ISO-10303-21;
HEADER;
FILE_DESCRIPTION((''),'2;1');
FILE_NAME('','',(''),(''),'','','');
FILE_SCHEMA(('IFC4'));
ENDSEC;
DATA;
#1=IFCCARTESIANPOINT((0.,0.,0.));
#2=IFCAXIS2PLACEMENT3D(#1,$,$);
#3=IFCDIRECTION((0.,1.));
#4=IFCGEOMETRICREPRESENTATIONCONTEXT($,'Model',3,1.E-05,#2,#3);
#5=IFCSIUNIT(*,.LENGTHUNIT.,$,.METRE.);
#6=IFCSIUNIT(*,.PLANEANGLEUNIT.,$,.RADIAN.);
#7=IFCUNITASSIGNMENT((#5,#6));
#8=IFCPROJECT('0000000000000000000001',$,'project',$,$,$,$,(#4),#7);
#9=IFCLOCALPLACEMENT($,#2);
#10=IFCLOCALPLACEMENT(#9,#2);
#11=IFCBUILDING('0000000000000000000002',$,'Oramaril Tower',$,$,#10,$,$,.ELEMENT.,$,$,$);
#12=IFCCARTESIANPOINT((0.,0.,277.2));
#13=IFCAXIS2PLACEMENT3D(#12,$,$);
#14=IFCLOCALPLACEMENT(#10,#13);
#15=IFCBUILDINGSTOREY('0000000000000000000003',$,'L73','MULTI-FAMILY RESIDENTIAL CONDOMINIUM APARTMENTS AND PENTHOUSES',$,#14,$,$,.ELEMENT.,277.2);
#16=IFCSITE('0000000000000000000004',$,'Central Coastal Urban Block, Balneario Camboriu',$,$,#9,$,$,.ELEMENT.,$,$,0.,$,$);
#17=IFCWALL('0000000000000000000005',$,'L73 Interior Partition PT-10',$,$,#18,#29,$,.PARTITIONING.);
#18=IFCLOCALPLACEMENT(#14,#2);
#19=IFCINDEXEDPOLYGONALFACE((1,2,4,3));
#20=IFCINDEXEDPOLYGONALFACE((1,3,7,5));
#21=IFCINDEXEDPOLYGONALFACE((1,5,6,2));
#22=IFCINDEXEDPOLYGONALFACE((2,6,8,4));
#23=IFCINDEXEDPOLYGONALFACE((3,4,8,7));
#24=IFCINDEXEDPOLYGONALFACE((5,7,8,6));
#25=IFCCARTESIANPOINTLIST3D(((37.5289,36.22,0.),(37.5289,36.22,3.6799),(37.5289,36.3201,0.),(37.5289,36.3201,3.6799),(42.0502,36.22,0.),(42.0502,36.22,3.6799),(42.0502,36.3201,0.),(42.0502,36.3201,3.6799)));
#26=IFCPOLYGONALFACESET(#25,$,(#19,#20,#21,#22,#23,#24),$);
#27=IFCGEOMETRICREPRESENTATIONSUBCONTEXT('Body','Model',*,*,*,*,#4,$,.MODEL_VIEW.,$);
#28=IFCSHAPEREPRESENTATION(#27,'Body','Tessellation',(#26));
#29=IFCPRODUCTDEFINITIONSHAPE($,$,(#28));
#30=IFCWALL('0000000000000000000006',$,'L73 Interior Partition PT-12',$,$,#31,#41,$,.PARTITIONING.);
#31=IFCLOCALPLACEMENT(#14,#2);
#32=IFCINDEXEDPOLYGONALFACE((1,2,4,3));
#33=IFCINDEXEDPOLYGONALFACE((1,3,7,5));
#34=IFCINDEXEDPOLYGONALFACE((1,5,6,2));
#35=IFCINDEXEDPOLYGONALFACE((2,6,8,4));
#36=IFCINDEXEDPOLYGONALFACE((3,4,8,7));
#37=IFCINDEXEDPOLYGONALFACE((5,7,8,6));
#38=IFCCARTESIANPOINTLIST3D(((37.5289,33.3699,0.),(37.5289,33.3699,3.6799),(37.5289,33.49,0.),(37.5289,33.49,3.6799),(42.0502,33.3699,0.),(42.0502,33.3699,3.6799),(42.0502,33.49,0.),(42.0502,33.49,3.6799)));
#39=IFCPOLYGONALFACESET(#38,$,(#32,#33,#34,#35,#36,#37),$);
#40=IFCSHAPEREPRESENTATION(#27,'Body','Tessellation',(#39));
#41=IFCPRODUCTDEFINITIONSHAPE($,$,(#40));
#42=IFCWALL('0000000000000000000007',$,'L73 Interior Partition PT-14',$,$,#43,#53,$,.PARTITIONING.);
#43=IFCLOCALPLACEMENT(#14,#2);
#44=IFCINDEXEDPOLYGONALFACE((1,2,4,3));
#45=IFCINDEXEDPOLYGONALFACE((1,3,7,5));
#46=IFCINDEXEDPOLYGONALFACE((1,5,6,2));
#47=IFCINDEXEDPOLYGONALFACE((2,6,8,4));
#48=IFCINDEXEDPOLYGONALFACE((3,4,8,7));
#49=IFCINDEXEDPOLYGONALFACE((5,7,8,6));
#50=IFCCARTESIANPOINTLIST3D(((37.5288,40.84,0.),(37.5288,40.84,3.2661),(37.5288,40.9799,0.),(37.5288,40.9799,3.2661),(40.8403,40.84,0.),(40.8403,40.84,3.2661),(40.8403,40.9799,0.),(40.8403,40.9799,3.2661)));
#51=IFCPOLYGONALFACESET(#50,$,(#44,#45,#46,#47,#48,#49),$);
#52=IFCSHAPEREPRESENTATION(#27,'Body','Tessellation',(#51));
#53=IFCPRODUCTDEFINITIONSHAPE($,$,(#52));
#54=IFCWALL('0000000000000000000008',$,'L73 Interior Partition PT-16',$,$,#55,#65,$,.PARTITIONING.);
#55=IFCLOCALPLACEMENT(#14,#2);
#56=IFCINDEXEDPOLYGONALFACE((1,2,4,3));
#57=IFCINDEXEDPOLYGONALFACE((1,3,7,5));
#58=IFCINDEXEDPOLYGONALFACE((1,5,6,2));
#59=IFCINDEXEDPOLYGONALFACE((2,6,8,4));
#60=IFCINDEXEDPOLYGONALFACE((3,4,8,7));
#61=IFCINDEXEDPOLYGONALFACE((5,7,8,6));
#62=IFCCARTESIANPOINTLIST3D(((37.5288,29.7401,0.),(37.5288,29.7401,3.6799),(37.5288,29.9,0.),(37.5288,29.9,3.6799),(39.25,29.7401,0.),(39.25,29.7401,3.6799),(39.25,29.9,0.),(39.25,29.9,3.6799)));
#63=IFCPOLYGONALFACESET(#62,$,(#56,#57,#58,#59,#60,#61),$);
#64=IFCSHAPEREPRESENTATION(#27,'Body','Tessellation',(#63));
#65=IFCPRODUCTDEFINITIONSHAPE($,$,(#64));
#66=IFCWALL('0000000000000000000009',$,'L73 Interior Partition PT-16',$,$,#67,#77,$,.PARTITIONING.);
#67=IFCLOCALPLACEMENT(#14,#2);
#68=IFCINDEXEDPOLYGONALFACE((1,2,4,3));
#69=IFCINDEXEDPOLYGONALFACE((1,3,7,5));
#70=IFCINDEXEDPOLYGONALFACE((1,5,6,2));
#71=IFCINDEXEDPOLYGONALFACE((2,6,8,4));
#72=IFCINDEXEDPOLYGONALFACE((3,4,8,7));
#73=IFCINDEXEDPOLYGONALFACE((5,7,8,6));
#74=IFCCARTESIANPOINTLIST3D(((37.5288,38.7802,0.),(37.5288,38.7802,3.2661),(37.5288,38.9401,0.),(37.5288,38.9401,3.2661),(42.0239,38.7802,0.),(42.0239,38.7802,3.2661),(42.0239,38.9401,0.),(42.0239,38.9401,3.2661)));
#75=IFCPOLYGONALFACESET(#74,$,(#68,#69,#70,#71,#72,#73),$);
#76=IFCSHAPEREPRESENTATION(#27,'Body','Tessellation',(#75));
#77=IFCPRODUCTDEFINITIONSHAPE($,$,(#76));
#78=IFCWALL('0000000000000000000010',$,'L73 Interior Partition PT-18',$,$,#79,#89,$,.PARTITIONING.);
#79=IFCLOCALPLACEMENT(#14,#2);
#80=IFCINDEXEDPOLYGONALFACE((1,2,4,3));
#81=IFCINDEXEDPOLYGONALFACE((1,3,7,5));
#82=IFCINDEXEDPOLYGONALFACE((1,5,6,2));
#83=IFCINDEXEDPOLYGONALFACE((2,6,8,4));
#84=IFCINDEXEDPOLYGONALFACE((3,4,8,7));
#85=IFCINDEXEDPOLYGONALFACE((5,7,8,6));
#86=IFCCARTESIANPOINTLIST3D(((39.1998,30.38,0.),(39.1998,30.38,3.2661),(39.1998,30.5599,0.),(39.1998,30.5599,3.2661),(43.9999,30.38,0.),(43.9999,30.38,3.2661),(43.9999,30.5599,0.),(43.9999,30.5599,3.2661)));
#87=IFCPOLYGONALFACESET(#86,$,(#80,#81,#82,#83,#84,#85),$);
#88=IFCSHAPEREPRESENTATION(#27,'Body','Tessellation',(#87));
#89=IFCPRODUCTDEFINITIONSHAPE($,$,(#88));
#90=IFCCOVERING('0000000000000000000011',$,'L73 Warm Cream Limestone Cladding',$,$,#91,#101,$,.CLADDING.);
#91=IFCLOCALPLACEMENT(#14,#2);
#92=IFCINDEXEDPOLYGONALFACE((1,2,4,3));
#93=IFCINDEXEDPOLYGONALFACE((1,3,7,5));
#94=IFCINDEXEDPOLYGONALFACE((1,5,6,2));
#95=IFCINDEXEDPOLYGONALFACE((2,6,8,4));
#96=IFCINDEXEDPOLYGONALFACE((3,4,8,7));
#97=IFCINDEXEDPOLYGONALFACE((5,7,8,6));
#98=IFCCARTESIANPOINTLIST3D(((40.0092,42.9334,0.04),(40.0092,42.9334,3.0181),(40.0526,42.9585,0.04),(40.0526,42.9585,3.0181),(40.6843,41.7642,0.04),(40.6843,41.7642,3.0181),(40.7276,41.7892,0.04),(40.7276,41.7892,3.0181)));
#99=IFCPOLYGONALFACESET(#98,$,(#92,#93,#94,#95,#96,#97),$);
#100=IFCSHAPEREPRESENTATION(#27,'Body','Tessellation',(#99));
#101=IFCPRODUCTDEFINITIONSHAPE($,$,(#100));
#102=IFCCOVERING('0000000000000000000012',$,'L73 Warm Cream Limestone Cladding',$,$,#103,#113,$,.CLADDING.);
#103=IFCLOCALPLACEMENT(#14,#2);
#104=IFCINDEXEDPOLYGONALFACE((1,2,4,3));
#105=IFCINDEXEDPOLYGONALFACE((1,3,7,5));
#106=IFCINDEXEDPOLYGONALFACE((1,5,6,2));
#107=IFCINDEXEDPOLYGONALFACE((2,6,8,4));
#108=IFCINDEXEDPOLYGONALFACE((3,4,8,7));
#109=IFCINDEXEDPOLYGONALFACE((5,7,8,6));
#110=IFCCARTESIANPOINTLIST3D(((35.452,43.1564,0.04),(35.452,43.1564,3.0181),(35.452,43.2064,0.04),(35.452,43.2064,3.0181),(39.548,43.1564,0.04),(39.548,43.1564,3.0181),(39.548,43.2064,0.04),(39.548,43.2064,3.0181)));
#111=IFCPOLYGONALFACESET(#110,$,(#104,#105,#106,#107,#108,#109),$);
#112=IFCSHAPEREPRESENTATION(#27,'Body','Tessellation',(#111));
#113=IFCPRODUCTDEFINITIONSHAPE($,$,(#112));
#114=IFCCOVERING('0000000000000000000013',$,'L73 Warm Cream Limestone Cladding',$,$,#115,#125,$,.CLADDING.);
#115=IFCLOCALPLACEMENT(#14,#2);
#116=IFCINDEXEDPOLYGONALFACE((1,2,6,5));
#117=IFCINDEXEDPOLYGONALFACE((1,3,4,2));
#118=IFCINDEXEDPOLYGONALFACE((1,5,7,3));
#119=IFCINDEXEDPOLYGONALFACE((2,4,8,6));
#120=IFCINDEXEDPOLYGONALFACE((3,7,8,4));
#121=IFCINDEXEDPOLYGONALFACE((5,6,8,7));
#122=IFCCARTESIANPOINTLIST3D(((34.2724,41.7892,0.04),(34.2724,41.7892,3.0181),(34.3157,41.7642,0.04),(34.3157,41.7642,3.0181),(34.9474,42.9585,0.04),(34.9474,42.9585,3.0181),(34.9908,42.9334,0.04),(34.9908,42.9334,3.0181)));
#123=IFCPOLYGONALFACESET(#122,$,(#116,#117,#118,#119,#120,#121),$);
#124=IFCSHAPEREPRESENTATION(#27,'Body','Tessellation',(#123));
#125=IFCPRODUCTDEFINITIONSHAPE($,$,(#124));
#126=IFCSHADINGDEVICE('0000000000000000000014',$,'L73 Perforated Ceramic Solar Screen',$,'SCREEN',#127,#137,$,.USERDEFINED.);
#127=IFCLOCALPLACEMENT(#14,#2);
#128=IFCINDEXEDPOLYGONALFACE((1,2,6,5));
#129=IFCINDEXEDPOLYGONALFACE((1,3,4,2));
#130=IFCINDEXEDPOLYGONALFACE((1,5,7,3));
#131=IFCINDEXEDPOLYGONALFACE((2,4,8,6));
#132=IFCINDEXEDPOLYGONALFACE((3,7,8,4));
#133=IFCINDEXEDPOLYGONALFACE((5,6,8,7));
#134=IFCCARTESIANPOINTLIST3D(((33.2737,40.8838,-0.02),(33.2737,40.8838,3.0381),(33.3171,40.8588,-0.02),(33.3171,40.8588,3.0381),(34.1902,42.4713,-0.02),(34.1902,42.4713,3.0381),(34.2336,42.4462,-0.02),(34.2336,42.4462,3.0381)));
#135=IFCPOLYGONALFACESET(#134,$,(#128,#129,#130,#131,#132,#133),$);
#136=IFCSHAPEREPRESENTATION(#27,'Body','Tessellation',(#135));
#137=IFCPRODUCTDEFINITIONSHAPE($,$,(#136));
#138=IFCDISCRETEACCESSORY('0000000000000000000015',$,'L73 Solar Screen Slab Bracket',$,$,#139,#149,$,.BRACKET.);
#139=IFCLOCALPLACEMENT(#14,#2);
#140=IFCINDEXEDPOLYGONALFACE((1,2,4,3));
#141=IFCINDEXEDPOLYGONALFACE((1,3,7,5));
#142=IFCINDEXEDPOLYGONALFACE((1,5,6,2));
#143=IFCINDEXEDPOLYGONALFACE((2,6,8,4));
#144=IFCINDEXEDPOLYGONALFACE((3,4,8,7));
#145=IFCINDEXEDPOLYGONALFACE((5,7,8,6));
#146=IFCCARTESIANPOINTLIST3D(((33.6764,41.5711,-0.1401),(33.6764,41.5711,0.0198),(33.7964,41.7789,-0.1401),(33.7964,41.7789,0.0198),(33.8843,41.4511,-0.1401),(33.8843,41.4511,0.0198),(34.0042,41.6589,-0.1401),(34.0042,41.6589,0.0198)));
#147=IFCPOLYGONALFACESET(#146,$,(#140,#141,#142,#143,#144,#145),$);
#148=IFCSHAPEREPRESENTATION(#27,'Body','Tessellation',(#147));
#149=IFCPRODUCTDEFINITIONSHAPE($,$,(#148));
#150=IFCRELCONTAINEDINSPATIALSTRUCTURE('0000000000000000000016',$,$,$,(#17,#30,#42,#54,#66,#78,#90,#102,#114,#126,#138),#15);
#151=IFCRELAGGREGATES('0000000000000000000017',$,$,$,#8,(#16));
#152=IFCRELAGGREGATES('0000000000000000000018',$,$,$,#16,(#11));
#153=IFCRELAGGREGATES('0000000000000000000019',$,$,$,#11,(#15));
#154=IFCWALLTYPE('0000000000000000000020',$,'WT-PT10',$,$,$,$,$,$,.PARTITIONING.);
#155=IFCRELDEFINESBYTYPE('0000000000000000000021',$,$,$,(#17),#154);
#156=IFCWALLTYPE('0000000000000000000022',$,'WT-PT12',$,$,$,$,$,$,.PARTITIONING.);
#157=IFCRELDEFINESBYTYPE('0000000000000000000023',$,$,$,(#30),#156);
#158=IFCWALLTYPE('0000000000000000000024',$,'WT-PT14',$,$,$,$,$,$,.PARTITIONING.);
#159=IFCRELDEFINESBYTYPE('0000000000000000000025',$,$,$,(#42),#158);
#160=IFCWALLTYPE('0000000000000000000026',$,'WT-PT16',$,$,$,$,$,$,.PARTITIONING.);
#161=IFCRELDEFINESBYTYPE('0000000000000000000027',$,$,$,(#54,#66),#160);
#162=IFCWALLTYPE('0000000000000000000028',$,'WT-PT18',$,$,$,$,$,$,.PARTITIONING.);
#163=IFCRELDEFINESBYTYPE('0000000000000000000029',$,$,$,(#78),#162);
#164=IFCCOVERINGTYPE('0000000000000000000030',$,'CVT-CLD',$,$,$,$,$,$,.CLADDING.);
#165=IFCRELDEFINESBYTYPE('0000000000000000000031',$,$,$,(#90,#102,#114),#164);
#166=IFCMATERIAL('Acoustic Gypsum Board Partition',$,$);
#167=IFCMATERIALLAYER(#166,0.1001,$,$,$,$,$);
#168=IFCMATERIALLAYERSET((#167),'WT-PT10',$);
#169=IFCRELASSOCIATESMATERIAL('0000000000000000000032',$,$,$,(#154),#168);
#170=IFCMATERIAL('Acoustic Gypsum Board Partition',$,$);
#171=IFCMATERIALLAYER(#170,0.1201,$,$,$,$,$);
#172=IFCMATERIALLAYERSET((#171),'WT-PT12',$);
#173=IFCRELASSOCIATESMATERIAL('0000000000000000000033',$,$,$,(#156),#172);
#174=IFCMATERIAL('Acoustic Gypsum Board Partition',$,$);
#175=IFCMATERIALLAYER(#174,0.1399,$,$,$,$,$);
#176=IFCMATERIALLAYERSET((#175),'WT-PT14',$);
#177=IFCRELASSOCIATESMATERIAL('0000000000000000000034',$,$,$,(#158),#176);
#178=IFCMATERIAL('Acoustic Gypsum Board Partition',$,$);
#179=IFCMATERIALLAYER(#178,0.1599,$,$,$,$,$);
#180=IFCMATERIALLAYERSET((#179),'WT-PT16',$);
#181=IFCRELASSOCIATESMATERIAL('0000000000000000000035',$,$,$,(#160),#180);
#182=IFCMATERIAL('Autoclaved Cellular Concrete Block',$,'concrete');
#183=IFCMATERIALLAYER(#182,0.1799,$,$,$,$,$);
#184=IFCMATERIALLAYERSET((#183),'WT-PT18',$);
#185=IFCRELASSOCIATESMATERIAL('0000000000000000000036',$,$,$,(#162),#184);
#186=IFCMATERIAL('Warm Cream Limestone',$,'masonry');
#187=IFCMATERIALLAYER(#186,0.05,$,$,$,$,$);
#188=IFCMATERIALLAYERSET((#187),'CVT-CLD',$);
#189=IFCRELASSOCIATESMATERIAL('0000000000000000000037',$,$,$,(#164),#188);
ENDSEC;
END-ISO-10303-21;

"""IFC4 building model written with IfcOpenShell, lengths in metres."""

from ifc_helpers import new_model, si_unit, direction, frame, frame_2d, origin, origin_2d, place, context, subcontext, project, spatial, rectangle, extrude, material, layer, layer_set, type_object, element, save


model = new_model("IFC4")

# Units and contexts
model_context = context("Model", 3, precision=1e-05, world=origin(), true_north=direction((0.0, 1.0)))
body_context = subcontext(model_context, "Body", "Model", "MODEL_VIEW")
ifc_project = project(units=[si_unit("LENGTHUNIT", "METRE"), si_unit("PLANEANGLEUNIT", "RADIAN")], contexts=[model_context])

# Site, building, storey
site_placement = place(None, origin())
site = spatial("IfcSite", under=ifc_project, at=site_placement, Name="Central Coastal Urban Block, Balneario Camboriu", CompositionType="ELEMENT", RefElevation=0.0)
building_placement = place(site_placement, origin())
building = spatial("IfcBuilding", under=site, at=building_placement, Name="Oramaril Tower", CompositionType="ELEMENT")
storey_placement = place(building_placement, frame((0.0, 0.0, 277.2)))
storey = spatial("IfcBuildingStorey", under=building, at=storey_placement, Name="L73", Description="MULTI-FAMILY RESIDENTIAL CONDOMINIUM APARTMENTS AND PENTHOUSES", CompositionType="ELEMENT", Elevation=277.2)

# Walls
ifc_material_1 = material(Name="Acoustic Gypsum Board Partition")
ifc_layer_1 = layer(ifc_material_1, 0.1001)
ifc_layer_set_1 = layer_set([ifc_layer_1], Name="WT-PT10")
wall_type_1 = type_object("IfcWallType", Name="WT-PT10", PredefinedType="PARTITIONING", material=ifc_layer_set_1)
wall_1_placement = place(storey_placement, frame((37.5288, 36.27, 0.0), z_axis=(0.0, 0.0, 1.0), x_axis=(1.0, 0.0, 0.0)))
element("IfcWall", 1, at=wall_1_placement, inside=storey, type_object=wall_type_1, Name="L73 Interior Partition PT-10", PredefinedType="PARTITIONING", context=body_context, shape_type="SweptSolid", body=[
    extrude(rectangle(XDim=4.5212, YDim=0.1001, at=frame_2d((2.2607, 0.0))), origin(), (0.0, 0.0, 1.0), 3.6799),
])
ifc_material_2 = material(Name="Acoustic Gypsum Board Partition")
ifc_layer_2 = layer(ifc_material_2, 0.1201)
ifc_layer_set_2 = layer_set([ifc_layer_2], Name="WT-PT12")
wall_type_2 = type_object("IfcWallType", Name="WT-PT12", PredefinedType="PARTITIONING", material=ifc_layer_set_2)
wall_2_placement = place(storey_placement, frame((37.5288, 33.4299, 0.0), z_axis=(0.0, 0.0, 1.0), x_axis=(1.0, 0.0, 0.0)))
element("IfcWall", 2, at=wall_2_placement, inside=storey, type_object=wall_type_2, Name="L73 Interior Partition PT-12", PredefinedType="PARTITIONING", context=body_context, shape_type="SweptSolid", body=[
    extrude(rectangle(XDim=4.5212, YDim=0.1201, at=frame_2d((2.2607, 0.0))), origin(), (0.0, 0.0, 1.0), 3.6799),
])
ifc_material_3 = material(Name="Acoustic Gypsum Board Partition")
ifc_layer_3 = layer(ifc_material_3, 0.1399)
ifc_layer_set_3 = layer_set([ifc_layer_3], Name="WT-PT14")
wall_type_3 = type_object("IfcWallType", Name="WT-PT14", PredefinedType="PARTITIONING", material=ifc_layer_set_3)
wall_3_placement = place(storey_placement, frame((37.5288, 40.9099, 0.0), z_axis=(0.0, 0.0, 1.0), x_axis=(1.0, 0.0, 0.0)))
element("IfcWall", 3, at=wall_3_placement, inside=storey, type_object=wall_type_3, Name="L73 Interior Partition PT-14", PredefinedType="PARTITIONING", context=body_context, shape_type="SweptSolid", body=[
    extrude(rectangle(XDim=3.3115, YDim=0.1399, at=frame_2d((1.6558, 0.0))), origin(), (0.0, 0.0, 1.0), 3.2661),
])
ifc_material_4 = material(Name="Acoustic Gypsum Board Partition")
ifc_layer_4 = layer(ifc_material_4, 0.1599)
ifc_layer_set_4 = layer_set([ifc_layer_4], Name="WT-PT16")
wall_type_4 = type_object("IfcWallType", Name="WT-PT16", PredefinedType="PARTITIONING", material=ifc_layer_set_4)
wall_4_placement = place(storey_placement, frame((37.5288, 29.8201, 0.0), z_axis=(0.0, 0.0, 1.0), x_axis=(1.0, 0.0, 0.0)))
element("IfcWall", 4, at=wall_4_placement, inside=storey, type_object=wall_type_4, Name="L73 Interior Partition PT-16", PredefinedType="PARTITIONING", context=body_context, shape_type="SweptSolid", body=[
    extrude(rectangle(XDim=1.7212, YDim=0.1599, at=frame_2d((0.8606, 0.0))), origin(), (0.0, 0.0, 1.0), 3.6799),
])
wall_5_placement = place(storey_placement, frame((37.5288, 38.8601, 0.0), z_axis=(0.0, 0.0, 1.0), x_axis=(1.0, 0.0, 0.0)))
element("IfcWall", 5, at=wall_5_placement, inside=storey, type_object=wall_type_4, Name="L73 Interior Partition PT-16", PredefinedType="PARTITIONING", context=body_context, shape_type="SweptSolid", body=[
    extrude(rectangle(XDim=4.4951, YDim=0.1599, at=frame_2d((2.2476, 0.0))), origin(), (0.0, 0.0, 1.0), 3.2661),
])
ifc_material_5 = material(Name="Autoclaved Cellular Concrete Block", Category="concrete")
ifc_layer_5 = layer(ifc_material_5, 0.1799)
ifc_layer_set_5 = layer_set([ifc_layer_5], Name="WT-PT18")
wall_type_5 = type_object("IfcWallType", Name="WT-PT18", PredefinedType="PARTITIONING", material=ifc_layer_set_5)
wall_6_placement = place(storey_placement, frame((39.2, 30.47, 0.0), z_axis=(0.0, 0.0, 1.0), x_axis=(1.0, 0.0, 0.0)))
element("IfcWall", 6, at=wall_6_placement, inside=storey, type_object=wall_type_5, Name="L73 Interior Partition PT-18", PredefinedType="PARTITIONING", context=body_context, shape_type="SweptSolid", body=[
    extrude(rectangle(XDim=4.8, YDim=0.1799, at=frame_2d((2.3999, 0.0))), origin(), (0.0, 0.0, 1.0), 3.2661),
])

# Coverings
ifc_material_6 = material(Name="Warm Cream Limestone", Category="masonry")
ifc_layer_6 = layer(ifc_material_6, 0.05)
ifc_layer_set_6 = layer_set([ifc_layer_6], Name="CVT-CLD")
covering_type = type_object("IfcCoveringType", Name="CVT-CLD", PredefinedType="CLADDING", material=ifc_layer_set_6)
covering_1_placement = place(storey_placement, frame((40.3684, 42.3613, 0.04), z_axis=(0.0, 0.0, 1.0), x_axis=(-0.499998, 0.866026, 0.0)))
element("IfcCovering", 7, at=covering_1_placement, inside=storey, type_object=covering_type, Name="L73 Warm Cream Limestone Cladding", PredefinedType="CLADDING", context=body_context, shape_type="SweptSolid", body=[
    extrude(rectangle(XDim=1.3501, YDim=0.05, at=origin_2d()), origin(), (0.0, 0.0, 1.0), 2.978),
])
covering_2_placement = place(storey_placement, frame((37.5, 43.1814, 0.04), z_axis=(0.0, 0.0, 1.0), x_axis=(-1.0, 0.0, 0.0)))
element("IfcCovering", 8, at=covering_2_placement, inside=storey, type_object=covering_type, Name="L73 Warm Cream Limestone Cladding", PredefinedType="CLADDING", context=body_context, shape_type="SweptSolid", body=[
    extrude(rectangle(XDim=4.0959, YDim=0.05, at=origin_2d()), origin(), (0.0, 0.0, 1.0), 2.978),
])
covering_3_placement = place(storey_placement, frame((34.6316, 42.3613, 0.04), z_axis=(0.0, 0.0, 1.0), x_axis=(-0.499998, -0.866026, 0.0)))
element("IfcCovering", 9, at=covering_3_placement, inside=storey, type_object=covering_type, Name="L73 Warm Cream Limestone Cladding", PredefinedType="CLADDING", context=body_context, shape_type="SweptSolid", body=[
    extrude(rectangle(XDim=1.3501, YDim=0.05, at=origin_2d()), origin(), (0.0, 0.0, 1.0), 2.978),
])

# Shading device
shading_device_placement = place(storey_placement, frame((33.7537, 41.665, -0.02), z_axis=(0.0, 0.0, 1.0), x_axis=(-0.499998, -0.866026, 0.0)))
element("IfcShadingDevice", 10, at=shading_device_placement, inside=storey, Name="L73 Perforated Ceramic Solar Screen", ObjectType="SCREEN", PredefinedType="USERDEFINED", context=body_context, shape_type="SweptSolid", body=[
    extrude(rectangle(XDim=1.833, YDim=0.05, at=origin_2d()), origin(), (0.0, 0.0, 1.0), 3.0581),
])

# Discrete accessory
discrete_accessory_placement = place(storey_placement, frame((33.8403, 41.615, -0.1401), z_axis=(0.0, 0.0, 1.0), x_axis=(-0.499998, -0.866026, 0.0)))
element("IfcDiscreteAccessory", 11, at=discrete_accessory_placement, inside=storey, Name="L73 Solar Screen Slab Bracket", PredefinedType="BRACKET", context=body_context, shape_type="SweptSolid", body=[
    extrude(rectangle(XDim=0.24, YDim=0.24, at=origin_2d()), origin(), (0.0, 0.0, 1.0), 0.1599),
])

save(model, "model.ifc")
